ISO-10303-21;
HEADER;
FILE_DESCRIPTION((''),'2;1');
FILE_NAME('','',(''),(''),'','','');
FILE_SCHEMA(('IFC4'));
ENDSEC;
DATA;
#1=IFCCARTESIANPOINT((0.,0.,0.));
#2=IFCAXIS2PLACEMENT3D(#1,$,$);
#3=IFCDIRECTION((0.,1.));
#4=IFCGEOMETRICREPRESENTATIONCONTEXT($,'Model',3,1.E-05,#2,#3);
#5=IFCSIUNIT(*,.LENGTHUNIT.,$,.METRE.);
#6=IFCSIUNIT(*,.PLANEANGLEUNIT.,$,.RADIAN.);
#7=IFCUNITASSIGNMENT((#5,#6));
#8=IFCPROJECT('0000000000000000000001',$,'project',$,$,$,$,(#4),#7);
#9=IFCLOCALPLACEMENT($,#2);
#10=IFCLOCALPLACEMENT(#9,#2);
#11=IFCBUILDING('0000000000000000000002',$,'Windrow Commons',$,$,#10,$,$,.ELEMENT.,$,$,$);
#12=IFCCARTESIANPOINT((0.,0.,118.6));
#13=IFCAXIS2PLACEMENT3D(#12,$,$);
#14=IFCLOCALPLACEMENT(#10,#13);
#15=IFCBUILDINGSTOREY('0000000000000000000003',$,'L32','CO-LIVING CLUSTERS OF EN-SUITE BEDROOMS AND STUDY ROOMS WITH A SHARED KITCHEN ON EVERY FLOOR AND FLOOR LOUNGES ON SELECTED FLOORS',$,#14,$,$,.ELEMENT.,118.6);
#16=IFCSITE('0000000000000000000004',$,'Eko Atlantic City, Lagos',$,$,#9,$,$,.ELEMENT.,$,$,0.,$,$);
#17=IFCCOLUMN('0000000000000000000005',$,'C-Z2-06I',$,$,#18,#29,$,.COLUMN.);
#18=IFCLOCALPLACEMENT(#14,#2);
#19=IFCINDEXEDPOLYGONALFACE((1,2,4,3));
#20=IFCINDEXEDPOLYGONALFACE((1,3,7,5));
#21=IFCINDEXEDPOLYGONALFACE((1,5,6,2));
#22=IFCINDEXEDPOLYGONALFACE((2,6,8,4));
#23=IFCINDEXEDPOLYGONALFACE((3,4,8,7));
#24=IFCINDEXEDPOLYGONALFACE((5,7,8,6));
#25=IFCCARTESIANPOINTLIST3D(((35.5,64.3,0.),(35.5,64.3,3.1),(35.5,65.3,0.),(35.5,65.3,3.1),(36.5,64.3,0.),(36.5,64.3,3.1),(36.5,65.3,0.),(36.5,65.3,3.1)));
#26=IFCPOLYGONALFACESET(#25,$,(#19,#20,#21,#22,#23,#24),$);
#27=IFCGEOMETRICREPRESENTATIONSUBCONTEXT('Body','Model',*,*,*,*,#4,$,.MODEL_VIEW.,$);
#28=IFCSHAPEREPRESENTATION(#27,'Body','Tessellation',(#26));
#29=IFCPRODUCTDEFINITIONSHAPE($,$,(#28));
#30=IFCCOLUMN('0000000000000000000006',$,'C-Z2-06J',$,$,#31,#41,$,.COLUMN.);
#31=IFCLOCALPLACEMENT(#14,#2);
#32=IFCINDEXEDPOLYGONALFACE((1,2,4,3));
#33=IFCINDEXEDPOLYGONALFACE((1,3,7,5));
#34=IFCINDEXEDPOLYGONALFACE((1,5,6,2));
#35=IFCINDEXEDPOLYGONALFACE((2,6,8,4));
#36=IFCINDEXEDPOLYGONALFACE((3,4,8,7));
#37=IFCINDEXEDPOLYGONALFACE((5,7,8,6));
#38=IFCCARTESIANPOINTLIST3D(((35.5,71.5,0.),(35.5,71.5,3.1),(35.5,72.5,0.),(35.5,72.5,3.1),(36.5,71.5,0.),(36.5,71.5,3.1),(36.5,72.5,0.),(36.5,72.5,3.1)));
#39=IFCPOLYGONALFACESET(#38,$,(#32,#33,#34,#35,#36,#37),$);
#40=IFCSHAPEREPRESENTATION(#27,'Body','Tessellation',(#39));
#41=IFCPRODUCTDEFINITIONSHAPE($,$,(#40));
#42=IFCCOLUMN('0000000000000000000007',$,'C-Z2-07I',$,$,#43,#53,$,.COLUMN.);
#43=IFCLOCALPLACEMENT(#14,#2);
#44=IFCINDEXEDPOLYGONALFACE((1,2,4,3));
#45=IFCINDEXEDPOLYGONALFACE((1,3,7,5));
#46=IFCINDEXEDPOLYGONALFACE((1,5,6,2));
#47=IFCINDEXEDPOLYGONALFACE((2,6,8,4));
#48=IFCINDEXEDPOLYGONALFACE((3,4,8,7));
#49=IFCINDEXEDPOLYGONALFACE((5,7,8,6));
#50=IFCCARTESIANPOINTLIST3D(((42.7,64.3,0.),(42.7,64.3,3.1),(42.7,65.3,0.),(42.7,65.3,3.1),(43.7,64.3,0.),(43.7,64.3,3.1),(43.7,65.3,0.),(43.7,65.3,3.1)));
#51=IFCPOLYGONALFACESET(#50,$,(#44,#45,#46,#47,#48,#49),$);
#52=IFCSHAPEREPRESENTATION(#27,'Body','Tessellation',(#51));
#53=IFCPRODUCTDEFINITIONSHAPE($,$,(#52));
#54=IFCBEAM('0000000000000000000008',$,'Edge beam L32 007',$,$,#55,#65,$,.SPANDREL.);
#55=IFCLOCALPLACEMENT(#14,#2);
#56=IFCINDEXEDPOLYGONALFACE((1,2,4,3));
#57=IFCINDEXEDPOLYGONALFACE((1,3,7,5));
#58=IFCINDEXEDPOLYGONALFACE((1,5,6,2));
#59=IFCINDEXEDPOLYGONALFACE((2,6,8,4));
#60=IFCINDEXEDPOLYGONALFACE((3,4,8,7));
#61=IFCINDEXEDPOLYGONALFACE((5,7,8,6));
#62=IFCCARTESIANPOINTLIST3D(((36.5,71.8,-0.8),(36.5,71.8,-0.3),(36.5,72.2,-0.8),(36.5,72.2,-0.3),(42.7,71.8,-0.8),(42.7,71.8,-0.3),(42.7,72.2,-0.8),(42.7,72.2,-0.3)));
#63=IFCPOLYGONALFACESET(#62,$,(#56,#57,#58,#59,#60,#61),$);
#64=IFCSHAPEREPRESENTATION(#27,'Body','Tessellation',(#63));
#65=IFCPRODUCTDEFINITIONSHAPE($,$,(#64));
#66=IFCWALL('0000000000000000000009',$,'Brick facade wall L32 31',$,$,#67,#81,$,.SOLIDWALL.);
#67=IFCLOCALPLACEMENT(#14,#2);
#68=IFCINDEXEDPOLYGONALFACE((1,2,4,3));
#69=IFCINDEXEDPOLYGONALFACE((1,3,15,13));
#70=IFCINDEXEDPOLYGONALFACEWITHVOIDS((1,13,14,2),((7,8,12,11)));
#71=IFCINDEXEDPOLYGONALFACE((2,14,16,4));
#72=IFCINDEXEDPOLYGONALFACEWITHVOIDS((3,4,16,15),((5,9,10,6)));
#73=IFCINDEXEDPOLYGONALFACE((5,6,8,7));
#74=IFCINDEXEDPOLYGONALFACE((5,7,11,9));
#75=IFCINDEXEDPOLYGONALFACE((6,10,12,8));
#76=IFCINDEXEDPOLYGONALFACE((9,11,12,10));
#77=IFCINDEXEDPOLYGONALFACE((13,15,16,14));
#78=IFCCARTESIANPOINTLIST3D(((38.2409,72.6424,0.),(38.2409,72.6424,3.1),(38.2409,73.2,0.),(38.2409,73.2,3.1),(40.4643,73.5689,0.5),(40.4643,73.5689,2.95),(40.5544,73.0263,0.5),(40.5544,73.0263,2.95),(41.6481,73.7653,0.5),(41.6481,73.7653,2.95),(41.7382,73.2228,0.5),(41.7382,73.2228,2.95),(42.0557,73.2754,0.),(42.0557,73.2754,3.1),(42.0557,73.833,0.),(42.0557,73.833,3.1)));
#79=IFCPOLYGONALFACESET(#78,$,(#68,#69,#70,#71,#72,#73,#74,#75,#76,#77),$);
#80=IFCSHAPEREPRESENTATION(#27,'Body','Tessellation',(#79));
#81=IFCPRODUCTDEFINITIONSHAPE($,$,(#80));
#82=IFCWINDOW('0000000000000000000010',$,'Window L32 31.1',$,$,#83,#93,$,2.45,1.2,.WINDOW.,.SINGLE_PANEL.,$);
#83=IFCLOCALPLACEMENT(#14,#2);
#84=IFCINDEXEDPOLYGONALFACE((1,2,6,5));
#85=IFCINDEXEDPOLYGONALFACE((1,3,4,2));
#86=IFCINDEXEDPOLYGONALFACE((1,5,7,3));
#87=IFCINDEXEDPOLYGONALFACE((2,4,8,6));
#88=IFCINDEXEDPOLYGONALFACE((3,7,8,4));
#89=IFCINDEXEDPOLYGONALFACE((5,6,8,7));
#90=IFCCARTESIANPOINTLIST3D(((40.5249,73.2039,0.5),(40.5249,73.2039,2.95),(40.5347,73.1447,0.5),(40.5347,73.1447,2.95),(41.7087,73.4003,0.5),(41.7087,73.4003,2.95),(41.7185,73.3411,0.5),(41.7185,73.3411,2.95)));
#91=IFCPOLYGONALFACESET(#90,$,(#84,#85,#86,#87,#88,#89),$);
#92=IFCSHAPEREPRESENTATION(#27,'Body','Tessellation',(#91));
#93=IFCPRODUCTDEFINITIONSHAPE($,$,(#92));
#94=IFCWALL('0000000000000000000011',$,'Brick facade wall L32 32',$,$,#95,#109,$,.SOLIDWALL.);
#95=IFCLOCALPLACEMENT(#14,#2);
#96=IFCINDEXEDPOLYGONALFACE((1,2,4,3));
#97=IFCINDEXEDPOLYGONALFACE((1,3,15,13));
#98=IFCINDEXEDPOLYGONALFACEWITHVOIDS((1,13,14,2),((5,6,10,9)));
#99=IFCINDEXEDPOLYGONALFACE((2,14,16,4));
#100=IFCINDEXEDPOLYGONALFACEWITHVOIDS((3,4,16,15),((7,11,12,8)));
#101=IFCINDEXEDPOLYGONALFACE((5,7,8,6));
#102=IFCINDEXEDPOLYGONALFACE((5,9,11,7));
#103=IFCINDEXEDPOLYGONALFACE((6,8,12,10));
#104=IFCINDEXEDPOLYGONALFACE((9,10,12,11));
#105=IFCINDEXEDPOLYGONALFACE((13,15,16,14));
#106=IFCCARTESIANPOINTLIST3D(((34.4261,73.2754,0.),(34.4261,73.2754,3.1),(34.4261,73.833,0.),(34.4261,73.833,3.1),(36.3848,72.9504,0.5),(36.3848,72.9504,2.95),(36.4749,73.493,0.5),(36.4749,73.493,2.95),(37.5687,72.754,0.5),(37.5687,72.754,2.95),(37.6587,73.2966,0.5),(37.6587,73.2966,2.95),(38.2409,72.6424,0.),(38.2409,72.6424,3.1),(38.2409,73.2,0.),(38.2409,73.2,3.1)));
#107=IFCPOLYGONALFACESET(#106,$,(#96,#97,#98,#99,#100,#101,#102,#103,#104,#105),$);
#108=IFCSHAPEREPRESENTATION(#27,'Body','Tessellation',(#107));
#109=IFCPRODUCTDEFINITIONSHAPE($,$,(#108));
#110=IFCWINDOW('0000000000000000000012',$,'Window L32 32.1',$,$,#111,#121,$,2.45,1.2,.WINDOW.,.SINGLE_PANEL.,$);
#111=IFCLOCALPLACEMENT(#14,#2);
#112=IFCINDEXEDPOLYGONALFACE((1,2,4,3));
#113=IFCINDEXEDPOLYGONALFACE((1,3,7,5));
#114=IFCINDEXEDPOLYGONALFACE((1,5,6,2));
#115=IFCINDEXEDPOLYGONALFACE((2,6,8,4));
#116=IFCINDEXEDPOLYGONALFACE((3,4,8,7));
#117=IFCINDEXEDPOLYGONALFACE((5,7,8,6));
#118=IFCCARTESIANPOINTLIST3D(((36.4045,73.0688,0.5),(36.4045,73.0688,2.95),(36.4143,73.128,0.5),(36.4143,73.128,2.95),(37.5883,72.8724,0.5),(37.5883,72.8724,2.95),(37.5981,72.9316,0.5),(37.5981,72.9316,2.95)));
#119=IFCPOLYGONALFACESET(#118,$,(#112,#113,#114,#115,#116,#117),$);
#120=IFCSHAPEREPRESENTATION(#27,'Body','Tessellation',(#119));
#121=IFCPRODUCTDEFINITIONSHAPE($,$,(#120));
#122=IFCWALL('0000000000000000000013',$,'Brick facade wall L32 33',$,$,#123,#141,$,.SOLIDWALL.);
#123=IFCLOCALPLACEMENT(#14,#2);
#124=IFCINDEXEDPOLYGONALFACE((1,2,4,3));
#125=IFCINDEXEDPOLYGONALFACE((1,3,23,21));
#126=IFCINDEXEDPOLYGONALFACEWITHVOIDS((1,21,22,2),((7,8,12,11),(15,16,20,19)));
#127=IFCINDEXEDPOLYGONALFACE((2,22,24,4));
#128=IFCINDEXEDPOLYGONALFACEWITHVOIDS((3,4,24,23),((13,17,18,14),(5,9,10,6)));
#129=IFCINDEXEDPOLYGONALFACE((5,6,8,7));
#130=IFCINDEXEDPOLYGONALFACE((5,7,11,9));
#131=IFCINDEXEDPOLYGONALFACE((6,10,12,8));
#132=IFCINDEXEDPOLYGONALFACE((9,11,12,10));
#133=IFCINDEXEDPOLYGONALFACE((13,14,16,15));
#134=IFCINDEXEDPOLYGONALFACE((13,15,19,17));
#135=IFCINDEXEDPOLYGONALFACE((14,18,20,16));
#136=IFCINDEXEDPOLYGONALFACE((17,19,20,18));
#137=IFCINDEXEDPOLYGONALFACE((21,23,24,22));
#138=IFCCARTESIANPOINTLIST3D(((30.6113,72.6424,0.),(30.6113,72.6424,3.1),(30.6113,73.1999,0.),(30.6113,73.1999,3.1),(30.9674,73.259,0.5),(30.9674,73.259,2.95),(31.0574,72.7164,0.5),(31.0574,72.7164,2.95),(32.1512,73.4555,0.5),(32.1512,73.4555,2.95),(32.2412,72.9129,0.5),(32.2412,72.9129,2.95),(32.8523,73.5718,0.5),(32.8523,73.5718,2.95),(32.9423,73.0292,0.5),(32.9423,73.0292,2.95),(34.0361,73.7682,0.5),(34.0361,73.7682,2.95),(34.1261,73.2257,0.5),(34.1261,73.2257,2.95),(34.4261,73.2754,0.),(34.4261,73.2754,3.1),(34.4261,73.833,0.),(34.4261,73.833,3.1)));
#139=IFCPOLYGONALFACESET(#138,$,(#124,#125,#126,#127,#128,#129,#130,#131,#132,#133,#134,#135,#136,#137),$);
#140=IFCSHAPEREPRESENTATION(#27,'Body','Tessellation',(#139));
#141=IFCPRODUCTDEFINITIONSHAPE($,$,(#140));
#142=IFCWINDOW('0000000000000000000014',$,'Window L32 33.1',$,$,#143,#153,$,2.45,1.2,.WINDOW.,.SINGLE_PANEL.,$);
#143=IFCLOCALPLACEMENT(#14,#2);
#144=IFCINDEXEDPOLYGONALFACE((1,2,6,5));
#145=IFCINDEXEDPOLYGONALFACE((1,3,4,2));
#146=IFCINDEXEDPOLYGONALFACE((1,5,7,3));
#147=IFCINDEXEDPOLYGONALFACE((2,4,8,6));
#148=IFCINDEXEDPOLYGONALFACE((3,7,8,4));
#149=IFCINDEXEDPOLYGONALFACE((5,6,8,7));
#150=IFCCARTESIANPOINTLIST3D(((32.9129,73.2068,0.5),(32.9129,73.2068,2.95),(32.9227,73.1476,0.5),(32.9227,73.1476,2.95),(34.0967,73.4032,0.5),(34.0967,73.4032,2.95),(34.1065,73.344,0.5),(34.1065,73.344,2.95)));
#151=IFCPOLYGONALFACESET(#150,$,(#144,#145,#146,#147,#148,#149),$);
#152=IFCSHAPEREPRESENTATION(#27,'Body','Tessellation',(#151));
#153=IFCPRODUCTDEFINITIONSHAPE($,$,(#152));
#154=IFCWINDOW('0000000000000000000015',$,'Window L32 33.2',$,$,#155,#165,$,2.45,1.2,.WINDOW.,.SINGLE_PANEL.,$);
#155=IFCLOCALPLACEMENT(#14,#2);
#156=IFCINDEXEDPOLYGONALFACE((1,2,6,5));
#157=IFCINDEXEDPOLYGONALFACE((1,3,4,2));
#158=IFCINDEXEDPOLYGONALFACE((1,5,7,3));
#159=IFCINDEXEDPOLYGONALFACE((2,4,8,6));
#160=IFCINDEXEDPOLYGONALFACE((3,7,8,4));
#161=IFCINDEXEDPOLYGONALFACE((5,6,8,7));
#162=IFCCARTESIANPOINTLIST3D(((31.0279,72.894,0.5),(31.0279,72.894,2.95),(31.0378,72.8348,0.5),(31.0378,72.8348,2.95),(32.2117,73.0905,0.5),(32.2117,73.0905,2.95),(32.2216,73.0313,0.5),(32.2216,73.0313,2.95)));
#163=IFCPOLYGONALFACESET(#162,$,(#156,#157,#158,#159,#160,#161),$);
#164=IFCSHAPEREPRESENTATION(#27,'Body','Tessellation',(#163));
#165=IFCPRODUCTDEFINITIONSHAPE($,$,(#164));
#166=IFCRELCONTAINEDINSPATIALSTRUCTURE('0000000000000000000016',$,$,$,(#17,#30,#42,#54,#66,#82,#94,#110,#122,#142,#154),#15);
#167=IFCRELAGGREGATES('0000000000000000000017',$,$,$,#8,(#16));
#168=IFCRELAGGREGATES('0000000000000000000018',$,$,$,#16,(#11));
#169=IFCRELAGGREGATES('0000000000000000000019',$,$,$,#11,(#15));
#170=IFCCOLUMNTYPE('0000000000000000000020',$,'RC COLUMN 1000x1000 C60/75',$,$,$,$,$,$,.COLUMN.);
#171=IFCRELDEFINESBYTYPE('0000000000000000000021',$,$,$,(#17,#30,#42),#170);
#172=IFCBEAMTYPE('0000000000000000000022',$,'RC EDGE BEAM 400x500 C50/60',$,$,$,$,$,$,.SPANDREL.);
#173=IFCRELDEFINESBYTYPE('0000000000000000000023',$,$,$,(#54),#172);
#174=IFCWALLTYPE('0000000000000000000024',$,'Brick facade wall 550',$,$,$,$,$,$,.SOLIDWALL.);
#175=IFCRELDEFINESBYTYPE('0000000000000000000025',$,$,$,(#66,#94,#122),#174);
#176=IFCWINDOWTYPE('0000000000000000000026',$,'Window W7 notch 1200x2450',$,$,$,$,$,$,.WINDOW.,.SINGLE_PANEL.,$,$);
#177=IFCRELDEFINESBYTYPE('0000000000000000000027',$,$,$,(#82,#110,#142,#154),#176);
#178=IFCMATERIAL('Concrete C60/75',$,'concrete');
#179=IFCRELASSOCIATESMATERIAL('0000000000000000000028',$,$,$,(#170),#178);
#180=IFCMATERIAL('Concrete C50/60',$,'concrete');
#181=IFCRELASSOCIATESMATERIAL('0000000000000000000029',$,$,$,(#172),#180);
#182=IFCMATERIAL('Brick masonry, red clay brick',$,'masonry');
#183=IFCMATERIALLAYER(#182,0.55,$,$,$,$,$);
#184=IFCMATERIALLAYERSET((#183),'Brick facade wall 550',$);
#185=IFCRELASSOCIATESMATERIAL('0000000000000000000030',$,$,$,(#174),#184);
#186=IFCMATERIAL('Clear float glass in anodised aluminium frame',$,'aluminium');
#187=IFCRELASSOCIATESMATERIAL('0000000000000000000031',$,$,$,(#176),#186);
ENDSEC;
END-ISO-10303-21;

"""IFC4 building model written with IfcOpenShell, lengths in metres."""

from ifc_helpers import new_model, si_unit, direction, frame, frame_2d, origin, origin_2d, place, context, subcontext, project, spatial, polyline, rectangle, outline, extrude, material, layer, layer_set, material_profile, profile_set, type_object, element, fill, save


model = new_model("IFC4")

# Units and contexts
model_context = context("Model", 3, precision=1e-05, world=origin(), true_north=direction((0.0, 1.0)))
body_context = subcontext(model_context, "Body", "Model", "MODEL_VIEW")
ifc_project = project(units=[si_unit("LENGTHUNIT", "METRE"), si_unit("PLANEANGLEUNIT", "RADIAN")], contexts=[model_context])

# Site, building, storey
site_placement = place(None, origin())
site = spatial("IfcSite", under=ifc_project, at=site_placement, Name="Eko Atlantic City, Lagos", CompositionType="ELEMENT", RefElevation=0.0)
building_placement = place(site_placement, origin())
building = spatial("IfcBuilding", under=site, at=building_placement, Name="Windrow Commons", CompositionType="ELEMENT")
storey_placement = place(building_placement, frame((0.0, 0.0, 118.6)))
storey = spatial("IfcBuildingStorey", under=building, at=storey_placement, Name="L32", Description="CO-LIVING CLUSTERS OF EN-SUITE BEDROOMS AND STUDY ROOMS WITH A SHARED KITCHEN ON EVERY FLOOR AND FLOOR LOUNGES ON SELECTED FLOORS", CompositionType="ELEMENT", Elevation=118.6)

# Columns
ifc_material_1 = material(Name="Concrete C60/75", Category="concrete")
ifc_material_profile_1 = material_profile(ifc_material_1, rectangle(XDim=1.0, YDim=1.0, at=origin_2d()))
ifc_profile_set_1 = profile_set([ifc_material_profile_1], Name="Concrete C60/75")
column_type = type_object("IfcColumnType", Name="RC COLUMN 1000x1000 C60/75", PredefinedType="COLUMN", material=ifc_profile_set_1)
for number, where, z_axis, x_axis, name in (
    (1, (36.0, 64.8, 0.0), (0.0, 0.0, 1.0), (1.0, 0.0, 0.0), "C-Z2-06I"),
    (2, (36.0, 72.0, 0.0), (0.0, 0.0, 1.0), (1.0, 0.0, 0.0), "C-Z2-06J"),
    (3, (43.2, 64.8, 0.0), (0.0, 0.0, 1.0), (1.0, 0.0, 0.0), "C-Z2-07I"),
):
    element("IfcColumn", number, at=place(storey_placement, frame(where, z_axis=z_axis, x_axis=x_axis)), inside=storey, type_object=column_type, Name=name, PredefinedType="COLUMN", context=body_context, shape_type="SweptSolid", body=[
        extrude(rectangle(XDim=1.0, YDim=1.0, at=origin_2d()), origin(), (0.0, 0.0, 1.0), 3.1),
    ])

# Beam
ifc_material_2 = material(Name="Concrete C50/60", Category="concrete")
ifc_material_profile_2 = material_profile(ifc_material_2, rectangle(XDim=0.4, YDim=0.5, at=origin_2d()))
ifc_profile_set_2 = profile_set([ifc_material_profile_2], Name="Concrete C50/60")
beam_type = type_object("IfcBeamType", Name="RC EDGE BEAM 400x500 C50/60", PredefinedType="SPANDREL", material=ifc_profile_set_2)
beam_placement = place(storey_placement, frame((36.5, 72.0, -0.55), z_axis=(1.0, 0.0, 0.0), x_axis=(0.0, 1.0, 0.0)))
element("IfcBeam", 4, at=beam_placement, inside=storey, type_object=beam_type, Name="Edge beam L32 007", PredefinedType="SPANDREL", context=body_context, shape_type="SweptSolid", body=[
    extrude(rectangle(XDim=0.4, YDim=0.5, at=origin_2d()), origin(), (0.0, 0.0, 1.0), 6.2),
])

# Walls, openings, windows
ifc_material_3 = material(Name="Brick masonry, red clay brick", Category="masonry")
ifc_layer_1 = layer(ifc_material_3, 0.55)
ifc_layer_set_1 = layer_set([ifc_layer_1], Name="Brick facade wall 550")
wall_type_1 = type_object("IfcWallType", Name="Brick facade wall 550", PredefinedType="SOLIDWALL", material=ifc_layer_set_1)
wall_1_placement = place(storey_placement, frame((42.0557, 73.5542, 0.0), z_axis=(0.0, 0.0, 1.0), x_axis=(-0.986511, -0.163694, 0.0)))
wall_1 = element("IfcWall", 5, at=wall_1_placement, inside=storey, type_object=wall_type_1, Name="Brick facade wall L32 31", PredefinedType="SOLIDWALL", context=body_context, shape_type="SweptSolid", body=[
    extrude(outline(polyline([(-0.0456, -0.275), (3.8213, -0.275), (3.9126, 0.275), (0.0456, 0.275), (-0.0456, -0.275)])), origin(), (0.0, 0.0, 1.0), 3.1),
])
opening_1_placement = place(wall_1_placement, frame((0.3675, 0.0, 0.5)))
opening_1 = element("IfcOpeningElement", 6, at=opening_1_placement, cuts=wall_1, PredefinedType="OPENING", context=body_context, shape_type="SweptSolid", body=[
    extrude(rectangle(XDim=1.2, YDim=2.45, at=frame_2d((0.6, 1.225))), frame((0.0, 0.285, 0.0), z_axis=(0.0, -1.0, 0.0), x_axis=(1.0, 0.0, 0.0)), (0.0, 0.0, 1.0), 0.57),
])
ifc_material_4 = material(Name="Clear float glass in anodised aluminium frame", Category="aluminium")
window_type = type_object("IfcWindowType", Name="Window W7 notch 1200x2450", PartitioningType="SINGLE_PANEL", PredefinedType="WINDOW", material=ifc_material_4)
window_1_placement = place(opening_1_placement, origin())
window_1 = element("IfcWindow", 7, at=window_1_placement, inside=storey, type_object=window_type, Name="Window L32 31.1", OverallHeight=2.45, OverallWidth=1.2, PartitioningType="SINGLE_PANEL", PredefinedType="WINDOW", context=body_context, shape_type="SweptSolid", body=[
    extrude(rectangle(XDim=1.2, YDim=2.45, at=frame_2d((0.6, 1.225))), frame((0.0, 0.155, 0.0), z_axis=(0.0, -1.0, 0.0), x_axis=(1.0, 0.0, 0.0)), (0.0, 0.0, 1.0), 0.06),
])
fill(opening_1, window_1)
wall_2_placement = place(storey_placement, frame((38.2409, 72.9212, 0.0), z_axis=(0.0, 0.0, 1.0), x_axis=(-0.986511, 0.163694, 0.0)))
wall_2 = element("IfcWall", 8, at=wall_2_placement, inside=storey, type_object=wall_type_1, Name="Brick facade wall L32 32", PredefinedType="SOLIDWALL", context=body_context, shape_type="SweptSolid", body=[
    extrude(outline(polyline([(0.0456, -0.275), (3.9126, -0.275), (3.8213, 0.275), (-0.0456, 0.275), (0.0456, -0.275)])), origin(), (0.0, 0.0, 1.0), 3.1),
])
opening_2_placement = place(wall_2_placement, frame((0.6358, 0.0, 0.5)))
opening_2 = element("IfcOpeningElement", 9, at=opening_2_placement, cuts=wall_2, PredefinedType="OPENING", context=body_context, shape_type="SweptSolid", body=[
    extrude(rectangle(XDim=1.2, YDim=2.45, at=frame_2d((0.6, 1.225))), frame((0.0, 0.285, 0.0), z_axis=(0.0, -1.0, 0.0), x_axis=(1.0, 0.0, 0.0)), (0.0, 0.0, 1.0), 0.57),
])
window_2_placement = place(opening_2_placement, origin())
window_2 = element("IfcWindow", 10, at=window_2_placement, inside=storey, type_object=window_type, Name="Window L32 32.1", OverallHeight=2.45, OverallWidth=1.2, PartitioningType="SINGLE_PANEL", PredefinedType="WINDOW", context=body_context, shape_type="SweptSolid", body=[
    extrude(rectangle(XDim=1.2, YDim=2.45, at=frame_2d((0.6, 1.225))), frame((0.0, 0.155, 0.0), z_axis=(0.0, -1.0, 0.0), x_axis=(1.0, 0.0, 0.0)), (0.0, 0.0, 1.0), 0.06),
])
fill(opening_2, window_2)

# Wall, openings, windows
wall_3_placement = place(storey_placement, frame((34.4261, 73.5542, 0.0), z_axis=(0.0, 0.0, 1.0), x_axis=(-0.98651, -0.163699, 0.0)))
wall_3 = element("IfcWall", 11, at=wall_3_placement, inside=storey, type_object=wall_type_1, Name="Brick facade wall L32 33", PredefinedType="SOLIDWALL", context=body_context, shape_type="SweptSolid", body=[
    extrude(outline(polyline([(-0.0456, -0.275), (3.8213, -0.275), (3.9126, 0.275), (0.0456, 0.275), (-0.0456, -0.275)])), origin(), (0.0, 0.0, 1.0), 3.1),
])
opening_3_placement = place(wall_3_placement, frame((0.3497, 0.0, 0.5)))
opening_3 = element("IfcOpeningElement", 12, at=opening_3_placement, cuts=wall_3, PredefinedType="OPENING", context=body_context, shape_type="SweptSolid", body=[
    extrude(rectangle(XDim=1.2, YDim=2.45, at=frame_2d((0.6, 1.225))), frame((0.0, 0.285, 0.0), z_axis=(0.0, -1.0, 0.0), x_axis=(1.0, 0.0, 0.0)), (0.0, 0.0, 1.0), 0.57),
])
opening_4_placement = place(wall_3_placement, frame((2.2604, 0.0, 0.5)))
opening_4 = element("IfcOpeningElement", 13, at=opening_4_placement, cuts=wall_3, PredefinedType="OPENING", context=body_context, shape_type="SweptSolid", body=[
    extrude(rectangle(XDim=1.2, YDim=2.45, at=frame_2d((0.6, 1.225))), frame((0.0, 0.285, 0.0), z_axis=(0.0, -1.0, 0.0), x_axis=(1.0, 0.0, 0.0)), (0.0, 0.0, 1.0), 0.57),
])
window_3_placement = place(opening_3_placement, origin())
window_3 = element("IfcWindow", 14, at=window_3_placement, inside=storey, type_object=window_type, Name="Window L32 33.1", OverallHeight=2.45, OverallWidth=1.2, PartitioningType="SINGLE_PANEL", PredefinedType="WINDOW", context=body_context, shape_type="SweptSolid", body=[
    extrude(rectangle(XDim=1.2, YDim=2.45, at=frame_2d((0.6, 1.225))), frame((0.0, 0.155, 0.0), z_axis=(0.0, -1.0, 0.0), x_axis=(1.0, 0.0, 0.0)), (0.0, 0.0, 1.0), 0.06),
])
fill(opening_3, window_3)
window_4_placement = place(opening_4_placement, origin())
window_4 = element("IfcWindow", 15, at=window_4_placement, inside=storey, type_object=window_type, Name="Window L32 33.2", OverallHeight=2.45, OverallWidth=1.2, PartitioningType="SINGLE_PANEL", PredefinedType="WINDOW", context=body_context, shape_type="SweptSolid", body=[
    extrude(rectangle(XDim=1.2, YDim=2.45, at=frame_2d((0.6, 1.225))), frame((0.0, 0.155, 0.0), z_axis=(0.0, -1.0, 0.0), x_axis=(1.0, 0.0, 0.0)), (0.0, 0.0, 1.0), 0.06),
])
fill(opening_4, window_4)

save(model, "model.ifc")
